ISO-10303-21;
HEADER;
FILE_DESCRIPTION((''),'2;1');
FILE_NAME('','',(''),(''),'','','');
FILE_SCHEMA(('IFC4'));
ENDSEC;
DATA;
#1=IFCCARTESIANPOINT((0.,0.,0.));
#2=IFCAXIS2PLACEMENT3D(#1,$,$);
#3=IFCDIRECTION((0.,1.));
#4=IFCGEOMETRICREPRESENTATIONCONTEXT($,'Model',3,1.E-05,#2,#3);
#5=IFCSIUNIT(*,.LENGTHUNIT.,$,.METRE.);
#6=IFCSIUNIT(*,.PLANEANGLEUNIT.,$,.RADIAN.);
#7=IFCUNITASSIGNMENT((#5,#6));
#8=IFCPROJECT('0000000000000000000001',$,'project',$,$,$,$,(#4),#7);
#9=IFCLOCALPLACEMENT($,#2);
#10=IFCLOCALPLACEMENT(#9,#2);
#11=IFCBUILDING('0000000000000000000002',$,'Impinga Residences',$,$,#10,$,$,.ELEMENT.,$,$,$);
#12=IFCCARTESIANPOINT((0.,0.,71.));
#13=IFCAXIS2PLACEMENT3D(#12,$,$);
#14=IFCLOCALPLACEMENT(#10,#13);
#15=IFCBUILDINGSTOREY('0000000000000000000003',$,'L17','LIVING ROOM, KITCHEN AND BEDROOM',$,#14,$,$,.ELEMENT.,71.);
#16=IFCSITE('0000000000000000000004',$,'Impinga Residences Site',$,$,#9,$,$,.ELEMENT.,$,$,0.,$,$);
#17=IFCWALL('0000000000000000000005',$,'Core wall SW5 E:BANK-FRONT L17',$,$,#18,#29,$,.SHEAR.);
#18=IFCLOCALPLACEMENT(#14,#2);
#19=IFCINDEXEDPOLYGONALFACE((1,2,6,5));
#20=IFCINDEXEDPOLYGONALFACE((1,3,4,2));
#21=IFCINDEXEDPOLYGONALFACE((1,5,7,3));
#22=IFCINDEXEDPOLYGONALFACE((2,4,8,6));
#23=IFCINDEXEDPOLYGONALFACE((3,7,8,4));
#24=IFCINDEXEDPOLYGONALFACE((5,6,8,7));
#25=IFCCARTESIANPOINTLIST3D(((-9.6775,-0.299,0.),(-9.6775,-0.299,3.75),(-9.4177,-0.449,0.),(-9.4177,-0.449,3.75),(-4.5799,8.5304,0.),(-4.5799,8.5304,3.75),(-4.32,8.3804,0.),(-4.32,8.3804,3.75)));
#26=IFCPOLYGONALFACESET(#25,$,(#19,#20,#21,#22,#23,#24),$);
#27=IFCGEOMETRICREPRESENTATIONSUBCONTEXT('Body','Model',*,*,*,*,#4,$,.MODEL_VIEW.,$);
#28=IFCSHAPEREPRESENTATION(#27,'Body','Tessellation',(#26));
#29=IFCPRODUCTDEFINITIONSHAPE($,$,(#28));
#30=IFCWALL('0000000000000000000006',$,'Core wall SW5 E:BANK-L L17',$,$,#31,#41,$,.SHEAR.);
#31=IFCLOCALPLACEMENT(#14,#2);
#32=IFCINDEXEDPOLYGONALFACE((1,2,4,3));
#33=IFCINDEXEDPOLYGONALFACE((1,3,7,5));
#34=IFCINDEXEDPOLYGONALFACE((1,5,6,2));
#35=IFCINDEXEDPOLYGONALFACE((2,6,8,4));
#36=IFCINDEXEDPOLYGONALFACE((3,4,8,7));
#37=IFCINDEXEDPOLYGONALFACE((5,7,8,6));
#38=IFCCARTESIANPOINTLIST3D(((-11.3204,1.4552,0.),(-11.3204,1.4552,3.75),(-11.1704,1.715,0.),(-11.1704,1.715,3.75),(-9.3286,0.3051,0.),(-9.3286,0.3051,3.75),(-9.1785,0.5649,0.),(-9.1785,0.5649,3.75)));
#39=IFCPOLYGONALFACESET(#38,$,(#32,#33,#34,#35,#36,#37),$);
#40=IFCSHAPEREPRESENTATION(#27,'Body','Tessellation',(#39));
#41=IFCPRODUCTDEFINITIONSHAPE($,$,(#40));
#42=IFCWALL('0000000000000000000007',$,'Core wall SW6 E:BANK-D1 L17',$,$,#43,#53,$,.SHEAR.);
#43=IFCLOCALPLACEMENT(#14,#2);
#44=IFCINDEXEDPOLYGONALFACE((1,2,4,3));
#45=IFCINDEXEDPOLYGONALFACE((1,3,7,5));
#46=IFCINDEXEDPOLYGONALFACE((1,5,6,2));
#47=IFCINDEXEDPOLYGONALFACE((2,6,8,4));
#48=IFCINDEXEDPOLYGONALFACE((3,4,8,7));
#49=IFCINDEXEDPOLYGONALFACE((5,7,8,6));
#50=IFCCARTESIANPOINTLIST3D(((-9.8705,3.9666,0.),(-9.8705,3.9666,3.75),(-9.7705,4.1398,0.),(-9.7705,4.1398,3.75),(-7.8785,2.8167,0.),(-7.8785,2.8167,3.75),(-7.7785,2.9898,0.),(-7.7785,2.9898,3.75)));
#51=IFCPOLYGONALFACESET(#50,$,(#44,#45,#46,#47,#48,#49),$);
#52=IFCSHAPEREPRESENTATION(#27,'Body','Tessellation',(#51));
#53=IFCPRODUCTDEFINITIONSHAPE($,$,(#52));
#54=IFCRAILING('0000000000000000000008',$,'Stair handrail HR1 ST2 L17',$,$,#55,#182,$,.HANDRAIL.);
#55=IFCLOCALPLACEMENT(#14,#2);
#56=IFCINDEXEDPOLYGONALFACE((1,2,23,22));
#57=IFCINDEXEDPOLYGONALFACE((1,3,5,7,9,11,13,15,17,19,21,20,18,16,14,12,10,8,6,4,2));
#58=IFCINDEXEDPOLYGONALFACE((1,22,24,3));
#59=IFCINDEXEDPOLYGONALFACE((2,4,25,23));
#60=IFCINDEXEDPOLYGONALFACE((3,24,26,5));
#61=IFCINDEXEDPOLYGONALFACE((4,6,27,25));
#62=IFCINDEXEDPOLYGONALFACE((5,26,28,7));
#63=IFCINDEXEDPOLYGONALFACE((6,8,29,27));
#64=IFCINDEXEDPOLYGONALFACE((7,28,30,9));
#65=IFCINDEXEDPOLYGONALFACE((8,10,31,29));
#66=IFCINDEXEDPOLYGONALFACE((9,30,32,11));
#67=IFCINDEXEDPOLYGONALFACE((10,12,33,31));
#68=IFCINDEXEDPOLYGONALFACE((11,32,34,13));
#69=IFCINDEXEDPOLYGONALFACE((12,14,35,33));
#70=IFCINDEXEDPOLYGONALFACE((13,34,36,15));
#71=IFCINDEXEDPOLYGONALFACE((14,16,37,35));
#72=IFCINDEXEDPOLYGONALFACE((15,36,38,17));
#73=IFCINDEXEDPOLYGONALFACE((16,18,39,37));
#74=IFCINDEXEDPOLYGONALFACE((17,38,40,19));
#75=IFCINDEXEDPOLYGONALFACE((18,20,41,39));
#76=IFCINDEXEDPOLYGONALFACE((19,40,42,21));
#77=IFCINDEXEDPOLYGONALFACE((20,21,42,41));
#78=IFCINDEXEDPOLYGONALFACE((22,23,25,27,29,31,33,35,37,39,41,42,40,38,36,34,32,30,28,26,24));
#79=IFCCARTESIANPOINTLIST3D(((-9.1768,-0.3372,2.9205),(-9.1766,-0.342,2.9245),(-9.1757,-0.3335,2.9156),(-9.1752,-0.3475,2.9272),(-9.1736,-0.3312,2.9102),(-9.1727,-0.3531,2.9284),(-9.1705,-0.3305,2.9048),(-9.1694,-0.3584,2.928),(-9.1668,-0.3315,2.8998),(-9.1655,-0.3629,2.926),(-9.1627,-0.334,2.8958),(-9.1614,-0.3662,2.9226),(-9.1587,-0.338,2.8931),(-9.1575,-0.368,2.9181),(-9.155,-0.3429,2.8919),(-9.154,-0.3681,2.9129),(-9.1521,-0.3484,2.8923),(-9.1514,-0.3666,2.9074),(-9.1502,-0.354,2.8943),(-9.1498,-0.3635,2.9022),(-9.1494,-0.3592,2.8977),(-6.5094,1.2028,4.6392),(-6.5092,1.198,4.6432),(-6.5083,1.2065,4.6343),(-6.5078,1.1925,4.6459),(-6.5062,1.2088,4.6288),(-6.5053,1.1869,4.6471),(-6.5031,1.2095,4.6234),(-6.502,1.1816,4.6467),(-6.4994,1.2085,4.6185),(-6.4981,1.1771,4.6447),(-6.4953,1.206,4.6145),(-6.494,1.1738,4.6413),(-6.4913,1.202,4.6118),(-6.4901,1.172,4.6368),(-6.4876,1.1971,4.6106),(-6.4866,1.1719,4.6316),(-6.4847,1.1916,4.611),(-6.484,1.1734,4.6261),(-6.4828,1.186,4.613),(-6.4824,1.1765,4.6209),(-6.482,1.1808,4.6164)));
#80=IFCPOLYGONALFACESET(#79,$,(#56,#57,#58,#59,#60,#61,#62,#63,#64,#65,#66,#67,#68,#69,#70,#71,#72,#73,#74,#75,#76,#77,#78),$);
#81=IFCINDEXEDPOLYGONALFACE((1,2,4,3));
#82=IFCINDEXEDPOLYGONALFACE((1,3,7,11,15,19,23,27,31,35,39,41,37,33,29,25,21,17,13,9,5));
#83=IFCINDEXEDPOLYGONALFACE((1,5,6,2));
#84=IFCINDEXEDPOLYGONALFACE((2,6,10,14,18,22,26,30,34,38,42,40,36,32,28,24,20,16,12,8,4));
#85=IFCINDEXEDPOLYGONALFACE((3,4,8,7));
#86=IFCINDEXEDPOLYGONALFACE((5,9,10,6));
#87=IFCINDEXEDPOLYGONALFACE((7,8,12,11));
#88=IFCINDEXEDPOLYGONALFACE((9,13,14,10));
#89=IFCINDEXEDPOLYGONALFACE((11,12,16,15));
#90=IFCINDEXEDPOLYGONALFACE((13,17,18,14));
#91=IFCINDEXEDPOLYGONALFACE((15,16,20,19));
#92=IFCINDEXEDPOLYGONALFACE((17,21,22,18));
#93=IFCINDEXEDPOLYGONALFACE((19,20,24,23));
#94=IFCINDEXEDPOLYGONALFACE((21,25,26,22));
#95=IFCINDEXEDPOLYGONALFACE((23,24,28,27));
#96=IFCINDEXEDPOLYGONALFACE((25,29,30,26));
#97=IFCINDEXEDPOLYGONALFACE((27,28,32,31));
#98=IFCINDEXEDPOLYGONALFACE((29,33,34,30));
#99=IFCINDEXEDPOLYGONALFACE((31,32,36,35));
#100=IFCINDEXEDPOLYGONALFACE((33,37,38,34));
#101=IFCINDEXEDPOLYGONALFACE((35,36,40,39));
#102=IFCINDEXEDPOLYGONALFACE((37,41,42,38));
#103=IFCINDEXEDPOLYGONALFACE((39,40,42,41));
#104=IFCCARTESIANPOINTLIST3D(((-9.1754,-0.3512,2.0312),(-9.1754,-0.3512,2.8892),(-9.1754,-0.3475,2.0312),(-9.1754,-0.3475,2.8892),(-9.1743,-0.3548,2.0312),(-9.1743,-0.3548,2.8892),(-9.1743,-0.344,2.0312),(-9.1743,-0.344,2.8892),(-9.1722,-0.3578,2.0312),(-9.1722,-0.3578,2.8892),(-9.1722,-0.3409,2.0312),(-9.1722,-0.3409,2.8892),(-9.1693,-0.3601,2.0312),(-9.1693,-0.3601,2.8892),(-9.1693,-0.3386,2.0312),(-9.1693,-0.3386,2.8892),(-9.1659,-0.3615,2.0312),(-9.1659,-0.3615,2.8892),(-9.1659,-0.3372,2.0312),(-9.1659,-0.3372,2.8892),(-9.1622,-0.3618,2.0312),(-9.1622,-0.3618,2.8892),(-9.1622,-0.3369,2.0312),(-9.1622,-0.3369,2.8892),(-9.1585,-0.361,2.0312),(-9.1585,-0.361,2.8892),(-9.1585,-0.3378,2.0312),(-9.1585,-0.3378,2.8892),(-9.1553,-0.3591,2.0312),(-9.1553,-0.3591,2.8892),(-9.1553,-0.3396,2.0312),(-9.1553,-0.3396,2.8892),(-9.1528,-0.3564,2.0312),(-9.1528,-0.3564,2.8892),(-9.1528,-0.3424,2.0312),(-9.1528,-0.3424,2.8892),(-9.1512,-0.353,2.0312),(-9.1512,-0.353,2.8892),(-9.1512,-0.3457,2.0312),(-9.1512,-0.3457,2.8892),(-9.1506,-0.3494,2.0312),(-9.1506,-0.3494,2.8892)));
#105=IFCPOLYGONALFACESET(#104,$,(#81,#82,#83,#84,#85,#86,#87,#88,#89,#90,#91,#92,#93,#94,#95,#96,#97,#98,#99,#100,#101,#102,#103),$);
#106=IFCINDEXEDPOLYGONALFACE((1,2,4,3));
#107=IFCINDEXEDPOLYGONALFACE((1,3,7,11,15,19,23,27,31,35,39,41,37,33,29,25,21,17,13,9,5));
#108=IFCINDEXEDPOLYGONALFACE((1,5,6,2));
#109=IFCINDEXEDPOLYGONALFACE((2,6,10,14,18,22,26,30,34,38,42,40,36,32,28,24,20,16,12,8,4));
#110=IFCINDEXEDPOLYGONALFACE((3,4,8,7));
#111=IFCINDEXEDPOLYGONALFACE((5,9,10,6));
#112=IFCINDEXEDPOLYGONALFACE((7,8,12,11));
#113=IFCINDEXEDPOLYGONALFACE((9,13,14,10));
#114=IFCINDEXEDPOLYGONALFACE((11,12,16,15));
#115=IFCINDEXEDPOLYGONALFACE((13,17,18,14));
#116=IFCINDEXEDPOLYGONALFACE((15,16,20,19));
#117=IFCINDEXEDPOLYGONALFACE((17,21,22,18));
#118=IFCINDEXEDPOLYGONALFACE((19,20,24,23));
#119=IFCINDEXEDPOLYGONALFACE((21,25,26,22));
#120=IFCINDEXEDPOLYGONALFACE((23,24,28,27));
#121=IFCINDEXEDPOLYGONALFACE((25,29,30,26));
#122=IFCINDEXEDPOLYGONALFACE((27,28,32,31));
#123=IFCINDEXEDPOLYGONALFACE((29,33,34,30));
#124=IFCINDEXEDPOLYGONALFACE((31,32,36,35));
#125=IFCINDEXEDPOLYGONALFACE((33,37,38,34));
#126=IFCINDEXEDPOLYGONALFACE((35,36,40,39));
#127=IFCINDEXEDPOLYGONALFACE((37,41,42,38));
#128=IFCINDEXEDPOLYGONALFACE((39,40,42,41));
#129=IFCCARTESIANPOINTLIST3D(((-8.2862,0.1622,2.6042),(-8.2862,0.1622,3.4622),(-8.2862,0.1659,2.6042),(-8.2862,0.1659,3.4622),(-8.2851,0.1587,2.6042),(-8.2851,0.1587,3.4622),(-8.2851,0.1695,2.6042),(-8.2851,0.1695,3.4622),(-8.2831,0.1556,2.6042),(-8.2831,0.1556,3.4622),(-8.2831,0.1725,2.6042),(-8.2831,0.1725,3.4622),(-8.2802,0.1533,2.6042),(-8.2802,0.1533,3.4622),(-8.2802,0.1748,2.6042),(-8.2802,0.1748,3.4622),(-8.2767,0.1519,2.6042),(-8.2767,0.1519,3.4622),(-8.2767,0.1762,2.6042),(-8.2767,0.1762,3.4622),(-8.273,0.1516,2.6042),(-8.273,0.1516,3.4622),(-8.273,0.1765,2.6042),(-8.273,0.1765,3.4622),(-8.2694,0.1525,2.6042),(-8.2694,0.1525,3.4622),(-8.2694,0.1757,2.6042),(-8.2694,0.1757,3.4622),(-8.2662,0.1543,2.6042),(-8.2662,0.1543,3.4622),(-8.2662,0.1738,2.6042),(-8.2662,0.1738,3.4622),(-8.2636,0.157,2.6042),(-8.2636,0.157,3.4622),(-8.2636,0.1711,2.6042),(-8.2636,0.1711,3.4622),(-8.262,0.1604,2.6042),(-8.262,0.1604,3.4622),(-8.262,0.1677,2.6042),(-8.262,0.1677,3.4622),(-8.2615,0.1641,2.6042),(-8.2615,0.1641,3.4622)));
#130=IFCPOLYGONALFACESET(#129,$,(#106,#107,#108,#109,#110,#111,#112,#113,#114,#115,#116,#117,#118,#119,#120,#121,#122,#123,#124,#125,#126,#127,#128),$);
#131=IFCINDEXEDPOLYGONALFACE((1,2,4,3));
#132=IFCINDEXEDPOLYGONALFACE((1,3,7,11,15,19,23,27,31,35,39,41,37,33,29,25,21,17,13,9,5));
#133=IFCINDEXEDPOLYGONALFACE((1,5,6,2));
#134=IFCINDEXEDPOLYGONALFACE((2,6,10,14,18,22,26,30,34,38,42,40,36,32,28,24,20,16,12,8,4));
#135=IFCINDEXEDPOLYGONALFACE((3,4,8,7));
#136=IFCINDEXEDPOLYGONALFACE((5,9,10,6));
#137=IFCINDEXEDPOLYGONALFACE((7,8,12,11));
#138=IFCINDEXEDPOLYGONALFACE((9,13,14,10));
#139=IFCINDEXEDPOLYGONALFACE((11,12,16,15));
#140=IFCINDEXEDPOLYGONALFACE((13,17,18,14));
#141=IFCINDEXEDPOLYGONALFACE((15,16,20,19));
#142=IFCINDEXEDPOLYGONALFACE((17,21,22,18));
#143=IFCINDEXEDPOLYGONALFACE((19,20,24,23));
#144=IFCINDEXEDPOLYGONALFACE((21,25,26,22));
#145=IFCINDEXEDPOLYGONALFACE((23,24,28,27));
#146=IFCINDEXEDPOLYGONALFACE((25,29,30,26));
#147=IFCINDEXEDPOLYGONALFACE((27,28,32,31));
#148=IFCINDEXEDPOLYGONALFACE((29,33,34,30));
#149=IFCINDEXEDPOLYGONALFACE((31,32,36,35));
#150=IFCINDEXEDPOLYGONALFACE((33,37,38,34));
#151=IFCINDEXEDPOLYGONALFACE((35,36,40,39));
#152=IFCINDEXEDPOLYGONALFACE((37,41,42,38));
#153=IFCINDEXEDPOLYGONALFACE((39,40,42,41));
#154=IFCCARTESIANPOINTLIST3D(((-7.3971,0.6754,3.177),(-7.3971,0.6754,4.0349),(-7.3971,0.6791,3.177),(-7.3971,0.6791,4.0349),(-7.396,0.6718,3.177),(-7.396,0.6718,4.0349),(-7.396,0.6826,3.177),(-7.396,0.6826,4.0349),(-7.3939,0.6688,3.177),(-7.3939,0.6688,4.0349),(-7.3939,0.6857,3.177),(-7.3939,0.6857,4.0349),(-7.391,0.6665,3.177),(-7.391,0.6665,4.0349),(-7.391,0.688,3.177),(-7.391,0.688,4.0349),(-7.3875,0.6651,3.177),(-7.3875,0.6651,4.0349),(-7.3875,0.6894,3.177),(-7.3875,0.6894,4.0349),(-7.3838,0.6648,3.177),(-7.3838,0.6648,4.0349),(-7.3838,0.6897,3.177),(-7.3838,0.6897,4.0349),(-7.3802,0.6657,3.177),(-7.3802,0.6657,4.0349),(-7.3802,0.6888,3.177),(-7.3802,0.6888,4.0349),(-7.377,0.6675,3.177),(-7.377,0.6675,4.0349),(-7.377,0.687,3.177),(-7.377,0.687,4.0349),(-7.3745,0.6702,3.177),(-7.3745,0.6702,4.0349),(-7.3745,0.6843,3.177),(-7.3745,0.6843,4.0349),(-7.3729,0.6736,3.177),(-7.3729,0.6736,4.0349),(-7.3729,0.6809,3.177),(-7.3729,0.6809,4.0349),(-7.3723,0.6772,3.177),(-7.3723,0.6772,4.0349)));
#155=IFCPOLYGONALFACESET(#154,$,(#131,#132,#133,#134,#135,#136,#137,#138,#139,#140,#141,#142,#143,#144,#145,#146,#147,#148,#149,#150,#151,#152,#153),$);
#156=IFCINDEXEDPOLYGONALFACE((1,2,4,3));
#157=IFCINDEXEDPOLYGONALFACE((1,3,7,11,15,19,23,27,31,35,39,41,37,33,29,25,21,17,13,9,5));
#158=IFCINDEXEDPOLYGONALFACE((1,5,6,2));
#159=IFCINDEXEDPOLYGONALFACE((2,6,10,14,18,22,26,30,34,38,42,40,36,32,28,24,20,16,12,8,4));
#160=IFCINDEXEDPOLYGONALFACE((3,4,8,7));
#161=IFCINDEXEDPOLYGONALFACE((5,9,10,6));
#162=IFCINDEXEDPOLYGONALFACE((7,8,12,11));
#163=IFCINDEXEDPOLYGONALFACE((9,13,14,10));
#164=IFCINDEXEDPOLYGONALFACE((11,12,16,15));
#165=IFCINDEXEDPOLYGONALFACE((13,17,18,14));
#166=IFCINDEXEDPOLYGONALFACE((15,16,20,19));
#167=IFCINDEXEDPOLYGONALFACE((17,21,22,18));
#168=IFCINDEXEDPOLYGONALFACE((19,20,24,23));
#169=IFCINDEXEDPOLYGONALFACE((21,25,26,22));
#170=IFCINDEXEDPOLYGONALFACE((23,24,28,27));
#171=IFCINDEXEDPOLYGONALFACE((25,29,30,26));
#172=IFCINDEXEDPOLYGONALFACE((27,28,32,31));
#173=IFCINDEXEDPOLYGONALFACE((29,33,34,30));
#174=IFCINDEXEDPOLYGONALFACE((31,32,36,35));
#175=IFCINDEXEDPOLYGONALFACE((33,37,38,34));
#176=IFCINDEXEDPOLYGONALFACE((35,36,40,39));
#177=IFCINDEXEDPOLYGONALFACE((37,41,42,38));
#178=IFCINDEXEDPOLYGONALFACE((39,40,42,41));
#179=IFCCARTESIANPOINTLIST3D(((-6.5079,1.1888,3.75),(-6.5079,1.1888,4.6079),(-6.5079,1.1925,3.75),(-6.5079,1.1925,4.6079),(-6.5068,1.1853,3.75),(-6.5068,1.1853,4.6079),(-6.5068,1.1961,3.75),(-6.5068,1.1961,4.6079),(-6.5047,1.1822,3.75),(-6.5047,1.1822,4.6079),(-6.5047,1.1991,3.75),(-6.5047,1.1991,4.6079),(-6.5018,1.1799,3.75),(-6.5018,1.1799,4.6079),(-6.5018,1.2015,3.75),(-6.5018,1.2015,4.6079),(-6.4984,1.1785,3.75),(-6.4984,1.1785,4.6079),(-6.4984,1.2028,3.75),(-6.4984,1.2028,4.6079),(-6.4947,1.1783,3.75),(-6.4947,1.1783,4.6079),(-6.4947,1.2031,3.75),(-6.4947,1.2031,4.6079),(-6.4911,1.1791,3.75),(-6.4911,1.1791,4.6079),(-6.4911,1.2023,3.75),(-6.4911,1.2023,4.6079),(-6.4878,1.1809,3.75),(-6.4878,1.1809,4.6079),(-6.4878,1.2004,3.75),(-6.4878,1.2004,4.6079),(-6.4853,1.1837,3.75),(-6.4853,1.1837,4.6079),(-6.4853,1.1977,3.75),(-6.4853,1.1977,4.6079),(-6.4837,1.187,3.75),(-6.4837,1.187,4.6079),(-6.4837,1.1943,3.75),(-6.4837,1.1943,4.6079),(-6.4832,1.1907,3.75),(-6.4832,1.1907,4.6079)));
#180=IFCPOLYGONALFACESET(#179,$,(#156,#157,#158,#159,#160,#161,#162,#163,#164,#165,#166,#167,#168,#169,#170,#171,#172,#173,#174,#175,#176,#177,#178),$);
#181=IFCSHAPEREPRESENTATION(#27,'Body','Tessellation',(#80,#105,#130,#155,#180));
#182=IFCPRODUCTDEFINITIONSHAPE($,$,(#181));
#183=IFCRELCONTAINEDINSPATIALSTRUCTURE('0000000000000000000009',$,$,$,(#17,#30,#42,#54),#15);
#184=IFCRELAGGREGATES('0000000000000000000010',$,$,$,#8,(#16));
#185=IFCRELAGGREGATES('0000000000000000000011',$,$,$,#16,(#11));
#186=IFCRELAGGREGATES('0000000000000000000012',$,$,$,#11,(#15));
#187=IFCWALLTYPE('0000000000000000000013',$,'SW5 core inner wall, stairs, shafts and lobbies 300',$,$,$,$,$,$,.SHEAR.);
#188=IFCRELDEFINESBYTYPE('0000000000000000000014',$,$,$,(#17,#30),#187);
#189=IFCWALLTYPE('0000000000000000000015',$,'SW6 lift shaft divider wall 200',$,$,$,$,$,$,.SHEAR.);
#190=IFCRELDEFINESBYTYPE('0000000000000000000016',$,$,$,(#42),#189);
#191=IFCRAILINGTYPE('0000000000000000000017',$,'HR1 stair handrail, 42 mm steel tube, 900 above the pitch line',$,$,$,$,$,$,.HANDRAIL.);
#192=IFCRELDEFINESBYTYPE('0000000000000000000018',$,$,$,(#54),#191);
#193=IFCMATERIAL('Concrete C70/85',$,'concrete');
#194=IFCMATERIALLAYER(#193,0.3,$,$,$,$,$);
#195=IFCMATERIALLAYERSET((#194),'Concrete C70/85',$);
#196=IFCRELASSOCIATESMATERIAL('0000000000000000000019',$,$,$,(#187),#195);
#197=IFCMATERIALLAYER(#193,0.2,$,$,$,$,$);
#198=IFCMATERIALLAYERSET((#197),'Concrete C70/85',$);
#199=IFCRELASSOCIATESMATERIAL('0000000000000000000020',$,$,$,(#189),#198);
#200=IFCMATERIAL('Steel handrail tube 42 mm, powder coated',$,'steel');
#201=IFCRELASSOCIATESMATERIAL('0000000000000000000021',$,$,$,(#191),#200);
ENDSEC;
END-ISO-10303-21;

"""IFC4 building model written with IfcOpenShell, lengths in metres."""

from ifc_helpers import new_model, si_unit, direction, frame, frame_2d, origin, origin_2d, place, context, subcontext, project, spatial, rectangle, circle, extrude, material, layer, layer_set, type_object, element, save


model = new_model("IFC4")

# Units and contexts
model_context = context("Model", 3, precision=1e-05, world=origin(), true_north=direction((0.0, 1.0)))
body_context = subcontext(model_context, "Body", "Model", "MODEL_VIEW")
ifc_project = project(units=[si_unit("LENGTHUNIT", "METRE"), si_unit("PLANEANGLEUNIT", "RADIAN")], contexts=[model_context])

# Site, building, storey
site_placement = place(None, origin())
site = spatial("IfcSite", under=ifc_project, at=site_placement, Name="Impinga Residences Site", CompositionType="ELEMENT", RefElevation=0.0)
building_placement = place(site_placement, origin())
building = spatial("IfcBuilding", under=site, at=building_placement, Name="Impinga Residences", CompositionType="ELEMENT")
storey_placement = place(building_placement, frame((0.0, 0.0, 71.0)))
storey = spatial("IfcBuildingStorey", under=building, at=storey_placement, Name="L17", Description="LIVING ROOM, KITCHEN AND BEDROOM", CompositionType="ELEMENT", Elevation=71.0)

# Walls
ifc_material_1 = material(Name="Concrete C70/85", Category="concrete")
ifc_layer_1 = layer(ifc_material_1, 0.3)
ifc_layer_set_1 = layer_set([ifc_layer_1], Name="Concrete C70/85")
wall_type_1 = type_object("IfcWallType", Name="SW5 core inner wall, stairs, shafts and lobbies 300", PredefinedType="SHEAR", material=ifc_layer_set_1)
wall_1_placement = place(storey_placement, frame((-9.5476, -0.374, 0.0), z_axis=(0.0, 0.0, 1.0), x_axis=(0.500002, 0.866024, 0.0)))
element("IfcWall", 1, at=wall_1_placement, inside=storey, type_object=wall_type_1, Name="Core wall SW5 E:BANK-FRONT L17", PredefinedType="SHEAR", context=body_context, shape_type="SweptSolid", body=[
    extrude(rectangle(XDim=10.1953, YDim=0.3, at=frame_2d((5.0977, 0.0))), origin(), (0.0, 0.0, 1.0), 3.75),
])
wall_2_placement = place(storey_placement, frame((-9.2537, 0.4351, 0.0), z_axis=(0.0, 0.0, 1.0), x_axis=(-0.866007, 0.500032, 0.0)))
element("IfcWall", 2, at=wall_2_placement, inside=storey, type_object=wall_type_1, Name="Core wall SW5 E:BANK-L L17", PredefinedType="SHEAR", context=body_context, shape_type="SweptSolid", body=[
    extrude(rectangle(XDim=2.3, YDim=0.3, at=frame_2d((1.1499, 0.0))), origin(), (0.0, 0.0, 1.0), 3.75),
])
ifc_layer_2 = layer(ifc_material_1, 0.2)
ifc_layer_set_2 = layer_set([ifc_layer_2], Name="Concrete C70/85")
wall_type_2 = type_object("IfcWallType", Name="SW6 lift shaft divider wall 200", PredefinedType="SHEAR", material=ifc_layer_set_2)
wall_3_placement = place(storey_placement, frame((-7.8286, 2.9033, 0.0), z_axis=(0.0, 0.0, 1.0), x_axis=(-0.866053, 0.499952, 0.0)))
element("IfcWall", 3, at=wall_3_placement, inside=storey, type_object=wall_type_2, Name="Core wall SW6 E:BANK-D1 L17", PredefinedType="SHEAR", context=body_context, shape_type="SweptSolid", body=[
    extrude(rectangle(XDim=2.3, YDim=0.2, at=frame_2d((1.1499, 0.0))), origin(), (0.0, 0.0, 1.0), 3.75),
])

# Railing
ifc_material_2 = material(Name="Steel handrail tube 42 mm, powder coated", Category="steel")
railing_type = type_object("IfcRailingType", Name="HR1 stair handrail, 42 mm steel tube, 900 above the pitch line", PredefinedType="HANDRAIL", material=ifc_material_2)
railing_placement = place(storey_placement, frame((-9.1631, -0.3494, 2.0312)))
element("IfcRailing", 4, at=railing_placement, inside=storey, type_object=railing_type, Name="Stair handrail HR1 ST2 L17", PredefinedType="HANDRAIL", context=body_context, shape_type="SweptSolid", body=[
    extrude(circle(Radius=0.021, at=origin_2d()), frame((0.0, 0.0, 0.8789), z_axis=(0.756256, 0.436616, 0.487282), x_axis=(-0.499992, 0.86603, 0.0)), (0.0, 0.0, 1.0), 3.5271),
    extrude(circle(Radius=0.0125, at=origin_2d()), origin(), (0.0, 0.0, 1.0), 0.8579),
    extrude(circle(Radius=0.0125, at=origin_2d()), frame((0.8892, 0.5134, 0.573)), (0.0, 0.0, 1.0), 0.8579),
    extrude(circle(Radius=0.0125, at=origin_2d()), frame((1.7783, 1.0266, 1.1458)), (0.0, 0.0, 1.0), 0.8579),
    extrude(circle(Radius=0.0125, at=origin_2d()), frame((2.6675, 1.54, 1.7188)), (0.0, 0.0, 1.0), 0.8579),
])

save(model, "model.ifc")
